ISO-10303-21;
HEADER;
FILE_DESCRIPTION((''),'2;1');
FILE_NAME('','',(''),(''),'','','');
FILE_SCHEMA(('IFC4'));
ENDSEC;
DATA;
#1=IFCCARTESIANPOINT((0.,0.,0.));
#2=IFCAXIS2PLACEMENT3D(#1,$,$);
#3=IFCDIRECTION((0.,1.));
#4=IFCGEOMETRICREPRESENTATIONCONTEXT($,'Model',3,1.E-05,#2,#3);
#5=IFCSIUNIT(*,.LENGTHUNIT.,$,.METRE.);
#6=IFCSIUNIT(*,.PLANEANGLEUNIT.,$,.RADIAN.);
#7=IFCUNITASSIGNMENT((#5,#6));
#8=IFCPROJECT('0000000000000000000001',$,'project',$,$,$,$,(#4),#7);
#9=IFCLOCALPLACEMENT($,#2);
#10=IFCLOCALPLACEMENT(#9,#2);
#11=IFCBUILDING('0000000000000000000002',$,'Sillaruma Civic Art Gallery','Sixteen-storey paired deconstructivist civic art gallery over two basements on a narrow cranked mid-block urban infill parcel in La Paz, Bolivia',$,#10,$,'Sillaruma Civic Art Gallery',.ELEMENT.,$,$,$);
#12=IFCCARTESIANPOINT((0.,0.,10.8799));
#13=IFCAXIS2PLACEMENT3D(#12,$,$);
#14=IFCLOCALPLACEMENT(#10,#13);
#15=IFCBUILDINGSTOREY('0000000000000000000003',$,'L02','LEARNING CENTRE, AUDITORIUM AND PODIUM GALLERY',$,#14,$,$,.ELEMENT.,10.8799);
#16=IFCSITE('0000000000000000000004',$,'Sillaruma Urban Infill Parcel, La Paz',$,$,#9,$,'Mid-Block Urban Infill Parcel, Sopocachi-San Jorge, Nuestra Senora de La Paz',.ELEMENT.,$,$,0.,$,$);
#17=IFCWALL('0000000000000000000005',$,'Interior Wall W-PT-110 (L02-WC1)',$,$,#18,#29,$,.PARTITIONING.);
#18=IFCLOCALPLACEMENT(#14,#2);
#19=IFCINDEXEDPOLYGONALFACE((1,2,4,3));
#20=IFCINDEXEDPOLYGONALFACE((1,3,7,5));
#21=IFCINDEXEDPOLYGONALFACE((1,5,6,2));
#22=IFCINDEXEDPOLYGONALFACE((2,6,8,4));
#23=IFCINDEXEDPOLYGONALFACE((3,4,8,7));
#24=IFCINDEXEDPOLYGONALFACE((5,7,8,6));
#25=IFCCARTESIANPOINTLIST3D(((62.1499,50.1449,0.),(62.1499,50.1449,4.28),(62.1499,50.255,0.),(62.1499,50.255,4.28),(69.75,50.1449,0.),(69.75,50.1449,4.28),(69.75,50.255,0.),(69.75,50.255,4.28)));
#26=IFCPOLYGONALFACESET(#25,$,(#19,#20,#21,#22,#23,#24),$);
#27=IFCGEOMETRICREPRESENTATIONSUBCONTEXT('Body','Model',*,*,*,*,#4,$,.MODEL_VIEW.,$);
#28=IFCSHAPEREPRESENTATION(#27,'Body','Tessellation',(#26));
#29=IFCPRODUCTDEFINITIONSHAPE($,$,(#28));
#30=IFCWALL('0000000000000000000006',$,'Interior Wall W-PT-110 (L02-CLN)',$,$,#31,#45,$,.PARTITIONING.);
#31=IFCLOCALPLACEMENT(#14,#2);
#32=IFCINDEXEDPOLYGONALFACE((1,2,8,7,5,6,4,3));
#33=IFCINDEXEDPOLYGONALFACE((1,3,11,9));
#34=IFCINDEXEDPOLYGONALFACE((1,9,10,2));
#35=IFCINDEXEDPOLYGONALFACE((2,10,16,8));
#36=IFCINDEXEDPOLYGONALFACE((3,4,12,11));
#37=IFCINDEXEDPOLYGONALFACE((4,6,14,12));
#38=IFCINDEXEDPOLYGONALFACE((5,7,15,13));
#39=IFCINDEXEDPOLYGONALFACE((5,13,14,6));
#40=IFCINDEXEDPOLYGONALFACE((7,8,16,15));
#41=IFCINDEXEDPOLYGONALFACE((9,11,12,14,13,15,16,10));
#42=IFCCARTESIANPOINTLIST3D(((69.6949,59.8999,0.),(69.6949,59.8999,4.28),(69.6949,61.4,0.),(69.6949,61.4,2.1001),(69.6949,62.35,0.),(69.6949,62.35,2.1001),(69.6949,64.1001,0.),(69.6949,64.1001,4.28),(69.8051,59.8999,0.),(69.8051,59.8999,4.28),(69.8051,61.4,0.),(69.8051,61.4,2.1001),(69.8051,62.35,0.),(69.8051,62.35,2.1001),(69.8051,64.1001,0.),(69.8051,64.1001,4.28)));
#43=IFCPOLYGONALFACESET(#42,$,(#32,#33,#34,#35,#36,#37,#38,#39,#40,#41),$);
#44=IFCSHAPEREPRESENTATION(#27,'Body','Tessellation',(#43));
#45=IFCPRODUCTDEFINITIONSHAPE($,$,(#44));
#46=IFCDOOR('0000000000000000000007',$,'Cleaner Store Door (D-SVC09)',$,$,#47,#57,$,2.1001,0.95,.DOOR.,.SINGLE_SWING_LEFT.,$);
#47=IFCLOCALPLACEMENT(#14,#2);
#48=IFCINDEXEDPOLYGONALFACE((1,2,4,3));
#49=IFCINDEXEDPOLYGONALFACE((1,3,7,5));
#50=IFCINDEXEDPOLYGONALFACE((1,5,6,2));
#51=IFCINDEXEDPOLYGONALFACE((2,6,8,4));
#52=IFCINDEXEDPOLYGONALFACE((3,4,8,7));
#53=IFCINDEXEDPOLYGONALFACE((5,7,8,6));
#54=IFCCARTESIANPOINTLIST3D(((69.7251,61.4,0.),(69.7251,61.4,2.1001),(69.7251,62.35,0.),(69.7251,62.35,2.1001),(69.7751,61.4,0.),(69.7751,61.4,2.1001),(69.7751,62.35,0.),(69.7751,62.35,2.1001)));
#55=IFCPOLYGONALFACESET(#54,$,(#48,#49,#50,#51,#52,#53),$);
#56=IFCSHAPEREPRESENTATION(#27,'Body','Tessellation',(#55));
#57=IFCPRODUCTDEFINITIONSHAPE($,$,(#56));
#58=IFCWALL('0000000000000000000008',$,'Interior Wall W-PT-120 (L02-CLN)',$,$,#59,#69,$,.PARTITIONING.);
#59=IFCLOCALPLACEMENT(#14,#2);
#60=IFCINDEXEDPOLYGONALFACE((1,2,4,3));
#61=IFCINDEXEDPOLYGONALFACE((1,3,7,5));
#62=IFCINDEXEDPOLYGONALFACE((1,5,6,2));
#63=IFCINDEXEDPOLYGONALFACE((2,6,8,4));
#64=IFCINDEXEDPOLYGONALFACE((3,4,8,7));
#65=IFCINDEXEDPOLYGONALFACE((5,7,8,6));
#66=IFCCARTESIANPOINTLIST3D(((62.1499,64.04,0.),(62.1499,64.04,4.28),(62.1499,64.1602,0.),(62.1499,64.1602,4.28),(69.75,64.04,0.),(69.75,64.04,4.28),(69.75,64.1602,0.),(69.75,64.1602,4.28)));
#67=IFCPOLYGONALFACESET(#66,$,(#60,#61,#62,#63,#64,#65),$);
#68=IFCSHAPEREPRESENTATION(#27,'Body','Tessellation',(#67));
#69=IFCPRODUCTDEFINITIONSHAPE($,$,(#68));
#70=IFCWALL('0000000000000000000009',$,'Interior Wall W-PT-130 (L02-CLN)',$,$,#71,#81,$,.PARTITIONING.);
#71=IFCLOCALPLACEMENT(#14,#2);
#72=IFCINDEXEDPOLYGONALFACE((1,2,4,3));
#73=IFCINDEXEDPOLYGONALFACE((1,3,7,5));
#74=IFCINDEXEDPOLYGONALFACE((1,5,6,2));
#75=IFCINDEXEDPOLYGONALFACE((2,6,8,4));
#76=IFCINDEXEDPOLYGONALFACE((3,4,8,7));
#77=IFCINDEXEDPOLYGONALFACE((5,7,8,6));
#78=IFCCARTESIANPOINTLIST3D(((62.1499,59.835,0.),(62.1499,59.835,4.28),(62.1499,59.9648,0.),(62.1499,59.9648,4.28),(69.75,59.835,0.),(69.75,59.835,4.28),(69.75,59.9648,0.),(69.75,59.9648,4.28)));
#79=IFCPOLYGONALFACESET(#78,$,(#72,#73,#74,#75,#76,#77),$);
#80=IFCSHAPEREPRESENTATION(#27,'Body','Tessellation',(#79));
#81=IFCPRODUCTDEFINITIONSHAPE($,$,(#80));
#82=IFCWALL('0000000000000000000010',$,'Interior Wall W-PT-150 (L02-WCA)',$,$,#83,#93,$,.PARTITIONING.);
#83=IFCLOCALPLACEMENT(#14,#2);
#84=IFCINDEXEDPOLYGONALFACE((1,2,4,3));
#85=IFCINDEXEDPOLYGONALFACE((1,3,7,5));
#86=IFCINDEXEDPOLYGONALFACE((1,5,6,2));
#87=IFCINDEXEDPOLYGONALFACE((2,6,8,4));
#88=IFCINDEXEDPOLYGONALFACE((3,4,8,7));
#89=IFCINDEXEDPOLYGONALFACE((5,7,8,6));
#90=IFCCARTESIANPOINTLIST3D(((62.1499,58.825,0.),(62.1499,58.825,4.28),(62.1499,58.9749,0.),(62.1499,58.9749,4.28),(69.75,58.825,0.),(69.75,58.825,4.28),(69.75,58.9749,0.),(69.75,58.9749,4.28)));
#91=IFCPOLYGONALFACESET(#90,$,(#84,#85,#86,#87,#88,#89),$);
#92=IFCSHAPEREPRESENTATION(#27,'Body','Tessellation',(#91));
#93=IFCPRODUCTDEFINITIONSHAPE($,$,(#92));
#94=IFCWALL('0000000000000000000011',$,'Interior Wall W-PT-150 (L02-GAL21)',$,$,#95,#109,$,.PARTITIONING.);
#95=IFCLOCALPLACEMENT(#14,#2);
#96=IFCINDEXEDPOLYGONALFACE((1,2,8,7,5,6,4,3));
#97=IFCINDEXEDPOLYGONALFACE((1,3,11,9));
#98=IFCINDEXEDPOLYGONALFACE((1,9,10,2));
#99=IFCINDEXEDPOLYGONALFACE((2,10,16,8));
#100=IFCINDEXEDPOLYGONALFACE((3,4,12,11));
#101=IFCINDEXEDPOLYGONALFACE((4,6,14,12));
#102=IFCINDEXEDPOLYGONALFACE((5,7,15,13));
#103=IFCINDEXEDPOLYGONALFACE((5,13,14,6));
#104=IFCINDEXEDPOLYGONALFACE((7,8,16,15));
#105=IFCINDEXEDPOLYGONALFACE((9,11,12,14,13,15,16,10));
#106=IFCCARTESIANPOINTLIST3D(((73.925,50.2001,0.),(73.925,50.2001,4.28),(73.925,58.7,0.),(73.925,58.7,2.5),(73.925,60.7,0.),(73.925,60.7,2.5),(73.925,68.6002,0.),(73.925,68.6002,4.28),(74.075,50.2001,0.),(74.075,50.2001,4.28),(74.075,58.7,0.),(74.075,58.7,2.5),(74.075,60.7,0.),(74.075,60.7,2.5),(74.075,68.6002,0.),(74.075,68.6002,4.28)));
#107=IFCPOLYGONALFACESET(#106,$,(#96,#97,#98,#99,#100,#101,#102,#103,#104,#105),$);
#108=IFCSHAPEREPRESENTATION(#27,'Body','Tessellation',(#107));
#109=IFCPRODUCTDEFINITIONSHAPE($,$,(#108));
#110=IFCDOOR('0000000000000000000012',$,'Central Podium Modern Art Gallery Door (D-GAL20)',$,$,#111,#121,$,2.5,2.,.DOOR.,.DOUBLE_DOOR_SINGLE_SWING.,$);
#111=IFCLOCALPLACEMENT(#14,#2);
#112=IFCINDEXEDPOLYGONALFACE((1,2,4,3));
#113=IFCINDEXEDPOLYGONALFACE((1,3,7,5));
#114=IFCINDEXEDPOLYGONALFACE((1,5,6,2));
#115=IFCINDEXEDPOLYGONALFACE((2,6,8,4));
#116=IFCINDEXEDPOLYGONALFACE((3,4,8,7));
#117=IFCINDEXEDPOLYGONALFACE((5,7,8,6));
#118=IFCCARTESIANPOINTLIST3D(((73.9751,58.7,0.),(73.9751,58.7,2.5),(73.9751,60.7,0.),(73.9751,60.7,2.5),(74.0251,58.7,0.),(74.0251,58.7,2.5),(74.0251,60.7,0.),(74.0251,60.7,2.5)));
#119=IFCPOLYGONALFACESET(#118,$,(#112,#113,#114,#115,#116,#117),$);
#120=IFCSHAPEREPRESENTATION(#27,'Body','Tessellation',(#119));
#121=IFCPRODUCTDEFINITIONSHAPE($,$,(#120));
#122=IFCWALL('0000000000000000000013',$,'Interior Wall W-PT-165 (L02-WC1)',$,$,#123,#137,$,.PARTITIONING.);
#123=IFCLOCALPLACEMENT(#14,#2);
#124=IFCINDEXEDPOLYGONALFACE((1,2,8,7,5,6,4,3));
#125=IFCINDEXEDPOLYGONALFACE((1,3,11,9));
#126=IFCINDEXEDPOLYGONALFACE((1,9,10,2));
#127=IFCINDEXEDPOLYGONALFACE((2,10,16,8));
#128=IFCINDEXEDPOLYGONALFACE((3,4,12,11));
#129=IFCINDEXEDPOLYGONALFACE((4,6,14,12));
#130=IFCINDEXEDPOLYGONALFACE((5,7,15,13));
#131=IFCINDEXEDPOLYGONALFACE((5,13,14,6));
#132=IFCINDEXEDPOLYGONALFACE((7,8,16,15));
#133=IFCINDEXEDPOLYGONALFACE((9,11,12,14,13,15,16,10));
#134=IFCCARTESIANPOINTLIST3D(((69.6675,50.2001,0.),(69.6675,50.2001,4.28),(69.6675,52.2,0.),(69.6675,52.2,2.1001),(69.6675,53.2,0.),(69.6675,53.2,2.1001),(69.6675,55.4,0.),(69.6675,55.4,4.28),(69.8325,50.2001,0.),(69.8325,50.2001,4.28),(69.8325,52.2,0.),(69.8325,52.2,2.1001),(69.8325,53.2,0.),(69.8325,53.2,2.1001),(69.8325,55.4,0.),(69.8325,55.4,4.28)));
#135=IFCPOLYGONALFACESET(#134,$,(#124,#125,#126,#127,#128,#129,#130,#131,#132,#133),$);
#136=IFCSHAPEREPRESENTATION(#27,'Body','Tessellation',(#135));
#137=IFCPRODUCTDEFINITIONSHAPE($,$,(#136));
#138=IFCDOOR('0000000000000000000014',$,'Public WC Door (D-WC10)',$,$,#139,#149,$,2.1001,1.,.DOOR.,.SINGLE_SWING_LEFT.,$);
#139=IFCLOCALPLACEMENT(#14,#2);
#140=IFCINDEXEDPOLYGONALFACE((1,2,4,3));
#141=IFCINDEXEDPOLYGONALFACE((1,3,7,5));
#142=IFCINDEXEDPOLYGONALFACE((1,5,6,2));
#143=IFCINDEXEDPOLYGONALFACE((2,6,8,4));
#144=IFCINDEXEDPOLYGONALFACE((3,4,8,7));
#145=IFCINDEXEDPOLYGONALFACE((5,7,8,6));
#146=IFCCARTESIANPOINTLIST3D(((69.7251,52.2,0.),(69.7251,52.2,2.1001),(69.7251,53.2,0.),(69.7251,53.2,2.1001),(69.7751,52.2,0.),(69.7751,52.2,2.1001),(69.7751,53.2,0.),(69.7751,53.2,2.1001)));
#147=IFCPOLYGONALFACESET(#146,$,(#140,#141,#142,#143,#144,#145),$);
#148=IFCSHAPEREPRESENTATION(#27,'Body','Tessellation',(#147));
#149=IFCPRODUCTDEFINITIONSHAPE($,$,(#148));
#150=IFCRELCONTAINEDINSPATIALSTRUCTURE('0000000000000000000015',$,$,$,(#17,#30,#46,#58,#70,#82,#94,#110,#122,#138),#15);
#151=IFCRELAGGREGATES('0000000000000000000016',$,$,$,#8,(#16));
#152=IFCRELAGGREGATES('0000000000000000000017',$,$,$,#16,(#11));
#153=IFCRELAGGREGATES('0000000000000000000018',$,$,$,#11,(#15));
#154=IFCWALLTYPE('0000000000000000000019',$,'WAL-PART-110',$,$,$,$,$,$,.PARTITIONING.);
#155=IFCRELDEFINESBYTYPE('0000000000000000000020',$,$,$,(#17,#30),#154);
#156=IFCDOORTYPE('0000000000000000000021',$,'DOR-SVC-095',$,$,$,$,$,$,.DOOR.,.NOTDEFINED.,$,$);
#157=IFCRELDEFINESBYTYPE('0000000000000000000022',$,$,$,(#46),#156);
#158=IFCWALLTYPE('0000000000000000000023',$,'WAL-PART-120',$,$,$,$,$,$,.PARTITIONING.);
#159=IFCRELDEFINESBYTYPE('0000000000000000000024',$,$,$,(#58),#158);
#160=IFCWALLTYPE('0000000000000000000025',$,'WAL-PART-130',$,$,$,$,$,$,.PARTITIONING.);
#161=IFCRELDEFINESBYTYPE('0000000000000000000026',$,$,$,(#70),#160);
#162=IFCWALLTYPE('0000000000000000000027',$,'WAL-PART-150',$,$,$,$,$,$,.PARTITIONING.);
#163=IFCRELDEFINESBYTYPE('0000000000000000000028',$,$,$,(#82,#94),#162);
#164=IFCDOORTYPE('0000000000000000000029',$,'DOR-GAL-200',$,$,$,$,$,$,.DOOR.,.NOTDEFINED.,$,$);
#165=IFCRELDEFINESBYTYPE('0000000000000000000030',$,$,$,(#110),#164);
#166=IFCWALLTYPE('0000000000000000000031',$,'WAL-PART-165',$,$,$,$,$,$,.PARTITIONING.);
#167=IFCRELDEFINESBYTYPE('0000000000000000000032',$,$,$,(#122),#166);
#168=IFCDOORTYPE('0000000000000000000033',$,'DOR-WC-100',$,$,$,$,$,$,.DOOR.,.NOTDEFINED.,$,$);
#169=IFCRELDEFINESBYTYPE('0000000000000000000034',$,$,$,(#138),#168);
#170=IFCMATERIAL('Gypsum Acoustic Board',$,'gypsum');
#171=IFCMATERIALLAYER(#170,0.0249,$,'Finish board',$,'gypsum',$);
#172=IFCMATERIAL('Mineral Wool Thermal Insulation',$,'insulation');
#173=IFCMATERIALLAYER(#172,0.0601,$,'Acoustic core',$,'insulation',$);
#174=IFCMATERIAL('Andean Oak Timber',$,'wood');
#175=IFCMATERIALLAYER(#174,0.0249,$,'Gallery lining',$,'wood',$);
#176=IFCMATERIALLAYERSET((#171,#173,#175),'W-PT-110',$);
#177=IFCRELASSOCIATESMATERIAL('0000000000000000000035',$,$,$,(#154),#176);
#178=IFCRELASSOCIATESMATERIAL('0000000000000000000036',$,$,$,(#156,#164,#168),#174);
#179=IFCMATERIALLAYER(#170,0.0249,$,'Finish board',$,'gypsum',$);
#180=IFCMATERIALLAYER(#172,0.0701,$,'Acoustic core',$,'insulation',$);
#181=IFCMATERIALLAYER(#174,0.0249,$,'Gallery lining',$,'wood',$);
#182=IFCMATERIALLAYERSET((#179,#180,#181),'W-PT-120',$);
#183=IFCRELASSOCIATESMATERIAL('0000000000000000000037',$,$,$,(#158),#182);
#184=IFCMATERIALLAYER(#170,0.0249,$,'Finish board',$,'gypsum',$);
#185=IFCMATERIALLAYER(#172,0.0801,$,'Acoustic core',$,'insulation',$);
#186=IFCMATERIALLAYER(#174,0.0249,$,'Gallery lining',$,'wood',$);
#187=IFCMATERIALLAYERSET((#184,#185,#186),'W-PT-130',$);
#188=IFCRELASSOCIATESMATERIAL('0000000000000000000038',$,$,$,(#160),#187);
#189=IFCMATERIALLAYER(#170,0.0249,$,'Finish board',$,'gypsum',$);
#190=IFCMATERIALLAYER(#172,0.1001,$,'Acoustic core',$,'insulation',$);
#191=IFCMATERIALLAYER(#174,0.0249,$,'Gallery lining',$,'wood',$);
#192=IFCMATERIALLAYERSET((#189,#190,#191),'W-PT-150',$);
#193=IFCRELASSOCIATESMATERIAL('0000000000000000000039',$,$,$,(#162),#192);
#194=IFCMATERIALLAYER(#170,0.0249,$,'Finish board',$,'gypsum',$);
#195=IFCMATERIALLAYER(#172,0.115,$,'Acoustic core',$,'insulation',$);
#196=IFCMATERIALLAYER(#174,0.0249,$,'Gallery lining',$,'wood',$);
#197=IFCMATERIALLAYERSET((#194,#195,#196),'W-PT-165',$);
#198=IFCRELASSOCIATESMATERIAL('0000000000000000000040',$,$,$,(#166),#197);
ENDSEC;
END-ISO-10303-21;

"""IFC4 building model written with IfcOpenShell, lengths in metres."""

from ifc_helpers import new_model, si_unit, direction, frame, frame_2d, origin, place, context, subcontext, project, spatial, rectangle, extrude, material, layer, layer_set, type_object, element, fill, save


model = new_model("IFC4")

# Units and contexts
model_context = context("Model", 3, precision=1e-05, world=origin(), true_north=direction((0.0, 1.0)))
body_context = subcontext(model_context, "Body", "Model", "MODEL_VIEW")
ifc_project = project(units=[si_unit("LENGTHUNIT", "METRE"), si_unit("PLANEANGLEUNIT", "RADIAN")], contexts=[model_context])

# Site, building, storey
site_placement = place(None, origin())
site = spatial("IfcSite", under=ifc_project, at=site_placement, Name="Sillaruma Urban Infill Parcel, La Paz", LongName="Mid-Block Urban Infill Parcel, Sopocachi-San Jorge, Nuestra Senora de La Paz", CompositionType="ELEMENT", RefElevation=0.0)
building_placement = place(site_placement, origin())
building = spatial("IfcBuilding", under=site, at=building_placement, Name="Sillaruma Civic Art Gallery", Description="Sixteen-storey paired deconstructivist civic art gallery over two basements on a narrow cranked mid-block urban infill parcel in La Paz, Bolivia", LongName="Sillaruma Civic Art Gallery", CompositionType="ELEMENT")
storey_placement = place(building_placement, frame((0.0, 0.0, 10.8799)))
storey = spatial("IfcBuildingStorey", under=building, at=storey_placement, Name="L02", Description="LEARNING CENTRE, AUDITORIUM AND PODIUM GALLERY", CompositionType="ELEMENT", Elevation=10.8799)

# Wall
ifc_material_1 = material(Name="Gypsum Acoustic Board", Category="gypsum")
ifc_layer_1 = layer(ifc_material_1, 0.0249, Name="Finish board", Category="gypsum")
ifc_material_2 = material(Name="Mineral Wool Thermal Insulation", Category="insulation")
ifc_layer_2 = layer(ifc_material_2, 0.0601, Name="Acoustic core", Category="insulation")
ifc_material_3 = material(Name="Andean Oak Timber", Category="wood")
ifc_layer_3 = layer(ifc_material_3, 0.0249, Name="Gallery lining", Category="wood")
ifc_layer_set_1 = layer_set([ifc_layer_1, ifc_layer_2, ifc_layer_3], Name="W-PT-110")
wall_type_1 = type_object("IfcWallType", Name="WAL-PART-110", PredefinedType="PARTITIONING", material=ifc_layer_set_1)
wall_1_placement = place(storey_placement, frame((62.1499, 50.2, 0.0), z_axis=(0.0, 0.0, 1.0), x_axis=(1.0, 0.0, 0.0)))
element("IfcWall", 1, at=wall_1_placement, inside=storey, type_object=wall_type_1, Name="Interior Wall W-PT-110 (L02-WC1)", PredefinedType="PARTITIONING", context=body_context, shape_type="SweptSolid", body=[
    extrude(rectangle(XDim=7.6001, YDim=0.1101, at=frame_2d((3.8, 0.0))), origin(), (0.0, 0.0, 1.0), 4.28),
])

# Wall, opening, door
wall_2_placement = place(storey_placement, frame((69.75, 59.8999, 0.0), z_axis=(0.0, 0.0, 1.0), x_axis=(0.0, 1.0, 0.0)))
wall_2 = element("IfcWall", 2, at=wall_2_placement, inside=storey, type_object=wall_type_1, Name="Interior Wall W-PT-110 (L02-CLN)", PredefinedType="PARTITIONING", context=body_context, shape_type="SweptSolid", body=[
    extrude(rectangle(XDim=4.2002, YDim=0.1101, at=frame_2d((2.1001, 0.0))), origin(), (0.0, 0.0, 1.0), 4.28),
])
opening_1_placement = place(wall_2_placement, frame((1.5, 0.0, 0.0)))
opening_1 = element("IfcOpeningElement", 3, at=opening_1_placement, cuts=wall_2, PredefinedType="OPENING", context=body_context, shape_type="SweptSolid", body=[
    extrude(rectangle(XDim=0.95, YDim=2.1001, at=frame_2d((0.4751, 1.05))), frame((0.0, 0.0649, 0.0), z_axis=(0.0, -1.0, 0.0), x_axis=(1.0, 0.0, 0.0)), (0.0, 0.0, 1.0), 0.1301),
])
door_type_1 = type_object("IfcDoorType", Name="DOR-SVC-095", OperationType="NOTDEFINED", PredefinedType="DOOR", material=ifc_material_3)
door_1_placement = place(opening_1_placement, origin())
door_1 = element("IfcDoor", 4, at=door_1_placement, inside=storey, type_object=door_type_1, Name="Cleaner Store Door (D-SVC09)", OperationType="SINGLE_SWING_LEFT", OverallHeight=2.1001, OverallWidth=0.95, PredefinedType="DOOR", context=body_context, shape_type="SweptSolid", body=[
    extrude(rectangle(XDim=0.95, YDim=2.1001, at=frame_2d((0.4751, 1.05))), frame((0.0, 0.0249, 0.0), z_axis=(0.0, -1.0, 0.0), x_axis=(1.0, 0.0, 0.0)), (0.0, 0.0, 1.0), 0.05),
])
fill(opening_1, door_1)

# Walls
ifc_layer_4 = layer(ifc_material_1, 0.0249, Name="Finish board", Category="gypsum")
ifc_layer_5 = layer(ifc_material_2, 0.0701, Name="Acoustic core", Category="insulation")
ifc_layer_6 = layer(ifc_material_3, 0.0249, Name="Gallery lining", Category="wood")
ifc_layer_set_2 = layer_set([ifc_layer_4, ifc_layer_5, ifc_layer_6], Name="W-PT-120")
wall_type_2 = type_object("IfcWallType", Name="WAL-PART-120", PredefinedType="PARTITIONING", material=ifc_layer_set_2)
wall_3_placement = place(storey_placement, frame((62.1499, 64.1001, 0.0), z_axis=(0.0, 0.0, 1.0), x_axis=(1.0, 0.0, 0.0)))
element("IfcWall", 5, at=wall_3_placement, inside=storey, type_object=wall_type_2, Name="Interior Wall W-PT-120 (L02-CLN)", PredefinedType="PARTITIONING", context=body_context, shape_type="SweptSolid", body=[
    extrude(rectangle(XDim=7.6001, YDim=0.1201, at=frame_2d((3.8, 0.0))), origin(), (0.0, 0.0, 1.0), 4.28),
])
ifc_layer_7 = layer(ifc_material_1, 0.0249, Name="Finish board", Category="gypsum")
ifc_layer_8 = layer(ifc_material_2, 0.0801, Name="Acoustic core", Category="insulation")
ifc_layer_9 = layer(ifc_material_3, 0.0249, Name="Gallery lining", Category="wood")
ifc_layer_set_3 = layer_set([ifc_layer_7, ifc_layer_8, ifc_layer_9], Name="W-PT-130")
wall_type_3 = type_object("IfcWallType", Name="WAL-PART-130", PredefinedType="PARTITIONING", material=ifc_layer_set_3)
wall_4_placement = place(storey_placement, frame((62.1499, 59.8999, 0.0), z_axis=(0.0, 0.0, 1.0), x_axis=(1.0, 0.0, 0.0)))
element("IfcWall", 6, at=wall_4_placement, inside=storey, type_object=wall_type_3, Name="Interior Wall W-PT-130 (L02-CLN)", PredefinedType="PARTITIONING", context=body_context, shape_type="SweptSolid", body=[
    extrude(rectangle(XDim=7.6001, YDim=0.1299, at=frame_2d((3.8, 0.0))), origin(), (0.0, 0.0, 1.0), 4.28),
])

# Wall
ifc_layer_10 = layer(ifc_material_1, 0.0249, Name="Finish board", Category="gypsum")
ifc_layer_11 = layer(ifc_material_2, 0.1001, Name="Acoustic core", Category="insulation")
ifc_layer_12 = layer(ifc_material_3, 0.0249, Name="Gallery lining", Category="wood")
ifc_layer_set_4 = layer_set([ifc_layer_10, ifc_layer_11, ifc_layer_12], Name="W-PT-150")
wall_type_4 = type_object("IfcWallType", Name="WAL-PART-150", PredefinedType="PARTITIONING", material=ifc_layer_set_4)
wall_5_placement = place(storey_placement, frame((62.1499, 58.8999, 0.0), z_axis=(0.0, 0.0, 1.0), x_axis=(1.0, 0.0, 0.0)))
element("IfcWall", 7, at=wall_5_placement, inside=storey, type_object=wall_type_4, Name="Interior Wall W-PT-150 (L02-WCA)", PredefinedType="PARTITIONING", context=body_context, shape_type="SweptSolid", body=[
    extrude(rectangle(XDim=7.6001, YDim=0.1499, at=frame_2d((3.8, 0.0))), origin(), (0.0, 0.0, 1.0), 4.28),
])

# Walls, openings, doors
wall_6_placement = place(storey_placement, frame((74.0, 50.2, 0.0), z_axis=(0.0, 0.0, 1.0), x_axis=(0.0, 1.0, 0.0)))
wall_6 = element("IfcWall", 8, at=wall_6_placement, inside=storey, type_object=wall_type_4, Name="Interior Wall W-PT-150 (L02-GAL21)", PredefinedType="PARTITIONING", context=body_context, shape_type="SweptSolid", body=[
    extrude(rectangle(XDim=18.4001, YDim=0.1499, at=frame_2d((9.2002, 0.0))), origin(), (0.0, 0.0, 1.0), 4.28),
])
opening_2_placement = place(wall_6_placement, frame((8.5, 0.0, 0.0)))
opening_2 = element("IfcOpeningElement", 9, at=opening_2_placement, cuts=wall_6, PredefinedType="OPENING", context=body_context, shape_type="SweptSolid", body=[
    extrude(rectangle(XDim=2.0, YDim=2.5, at=frame_2d((1.0, 1.25))), frame((0.0, 0.085, 0.0), z_axis=(0.0, -1.0, 0.0), x_axis=(1.0, 0.0, 0.0)), (0.0, 0.0, 1.0), 0.1699),
])
door_type_2 = type_object("IfcDoorType", Name="DOR-GAL-200", OperationType="NOTDEFINED", PredefinedType="DOOR", material=ifc_material_3)
door_2_placement = place(opening_2_placement, origin())
door_2 = element("IfcDoor", 10, at=door_2_placement, inside=storey, type_object=door_type_2, Name="Central Podium Modern Art Gallery Door (D-GAL20)", OperationType="DOUBLE_DOOR_SINGLE_SWING", OverallHeight=2.5, OverallWidth=2.0, PredefinedType="DOOR", context=body_context, shape_type="SweptSolid", body=[
    extrude(rectangle(XDim=2.0, YDim=2.5, at=frame_2d((1.0, 1.25))), frame((0.0, 0.0249, 0.0), z_axis=(0.0, -1.0, 0.0), x_axis=(1.0, 0.0, 0.0)), (0.0, 0.0, 1.0), 0.05),
])
fill(opening_2, door_2)
ifc_layer_13 = layer(ifc_material_1, 0.0249, Name="Finish board", Category="gypsum")
ifc_layer_14 = layer(ifc_material_2, 0.115, Name="Acoustic core", Category="insulation")
ifc_layer_15 = layer(ifc_material_3, 0.0249, Name="Gallery lining", Category="wood")
ifc_layer_set_5 = layer_set([ifc_layer_13, ifc_layer_14, ifc_layer_15], Name="W-PT-165")
wall_type_5 = type_object("IfcWallType", Name="WAL-PART-165", PredefinedType="PARTITIONING", material=ifc_layer_set_5)
wall_7_placement = place(storey_placement, frame((69.75, 50.2, 0.0), z_axis=(0.0, 0.0, 1.0), x_axis=(0.0, 1.0, 0.0)))
wall_7 = element("IfcWall", 11, at=wall_7_placement, inside=storey, type_object=wall_type_5, Name="Interior Wall W-PT-165 (L02-WC1)", PredefinedType="PARTITIONING", context=body_context, shape_type="SweptSolid", body=[
    extrude(rectangle(XDim=5.2, YDim=0.165, at=frame_2d((2.6001, 0.0))), origin(), (0.0, 0.0, 1.0), 4.28),
])
opening_3_placement = place(wall_7_placement, frame((2.0, 0.0, 0.0)))
opening_3 = element("IfcOpeningElement", 12, at=opening_3_placement, cuts=wall_7, PredefinedType="OPENING", context=body_context, shape_type="SweptSolid", body=[
    extrude(rectangle(XDim=1.0, YDim=2.1001, at=frame_2d((0.5, 1.05))), frame((0.0, 0.0925, 0.0), z_axis=(0.0, -1.0, 0.0), x_axis=(1.0, 0.0, 0.0)), (0.0, 0.0, 1.0), 0.1851),
])
door_type_3 = type_object("IfcDoorType", Name="DOR-WC-100", OperationType="NOTDEFINED", PredefinedType="DOOR", material=ifc_material_3)
door_3_placement = place(opening_3_placement, origin())
door_3 = element("IfcDoor", 13, at=door_3_placement, inside=storey, type_object=door_type_3, Name="Public WC Door (D-WC10)", OperationType="SINGLE_SWING_LEFT", OverallHeight=2.1001, OverallWidth=1.0, PredefinedType="DOOR", context=body_context, shape_type="SweptSolid", body=[
    extrude(rectangle(XDim=1.0, YDim=2.1001, at=frame_2d((0.5, 1.05))), frame((0.0, 0.0249, 0.0), z_axis=(0.0, -1.0, 0.0), x_axis=(1.0, 0.0, 0.0)), (0.0, 0.0, 1.0), 0.05),
])
fill(opening_3, door_3)

save(model, "model.ifc")
